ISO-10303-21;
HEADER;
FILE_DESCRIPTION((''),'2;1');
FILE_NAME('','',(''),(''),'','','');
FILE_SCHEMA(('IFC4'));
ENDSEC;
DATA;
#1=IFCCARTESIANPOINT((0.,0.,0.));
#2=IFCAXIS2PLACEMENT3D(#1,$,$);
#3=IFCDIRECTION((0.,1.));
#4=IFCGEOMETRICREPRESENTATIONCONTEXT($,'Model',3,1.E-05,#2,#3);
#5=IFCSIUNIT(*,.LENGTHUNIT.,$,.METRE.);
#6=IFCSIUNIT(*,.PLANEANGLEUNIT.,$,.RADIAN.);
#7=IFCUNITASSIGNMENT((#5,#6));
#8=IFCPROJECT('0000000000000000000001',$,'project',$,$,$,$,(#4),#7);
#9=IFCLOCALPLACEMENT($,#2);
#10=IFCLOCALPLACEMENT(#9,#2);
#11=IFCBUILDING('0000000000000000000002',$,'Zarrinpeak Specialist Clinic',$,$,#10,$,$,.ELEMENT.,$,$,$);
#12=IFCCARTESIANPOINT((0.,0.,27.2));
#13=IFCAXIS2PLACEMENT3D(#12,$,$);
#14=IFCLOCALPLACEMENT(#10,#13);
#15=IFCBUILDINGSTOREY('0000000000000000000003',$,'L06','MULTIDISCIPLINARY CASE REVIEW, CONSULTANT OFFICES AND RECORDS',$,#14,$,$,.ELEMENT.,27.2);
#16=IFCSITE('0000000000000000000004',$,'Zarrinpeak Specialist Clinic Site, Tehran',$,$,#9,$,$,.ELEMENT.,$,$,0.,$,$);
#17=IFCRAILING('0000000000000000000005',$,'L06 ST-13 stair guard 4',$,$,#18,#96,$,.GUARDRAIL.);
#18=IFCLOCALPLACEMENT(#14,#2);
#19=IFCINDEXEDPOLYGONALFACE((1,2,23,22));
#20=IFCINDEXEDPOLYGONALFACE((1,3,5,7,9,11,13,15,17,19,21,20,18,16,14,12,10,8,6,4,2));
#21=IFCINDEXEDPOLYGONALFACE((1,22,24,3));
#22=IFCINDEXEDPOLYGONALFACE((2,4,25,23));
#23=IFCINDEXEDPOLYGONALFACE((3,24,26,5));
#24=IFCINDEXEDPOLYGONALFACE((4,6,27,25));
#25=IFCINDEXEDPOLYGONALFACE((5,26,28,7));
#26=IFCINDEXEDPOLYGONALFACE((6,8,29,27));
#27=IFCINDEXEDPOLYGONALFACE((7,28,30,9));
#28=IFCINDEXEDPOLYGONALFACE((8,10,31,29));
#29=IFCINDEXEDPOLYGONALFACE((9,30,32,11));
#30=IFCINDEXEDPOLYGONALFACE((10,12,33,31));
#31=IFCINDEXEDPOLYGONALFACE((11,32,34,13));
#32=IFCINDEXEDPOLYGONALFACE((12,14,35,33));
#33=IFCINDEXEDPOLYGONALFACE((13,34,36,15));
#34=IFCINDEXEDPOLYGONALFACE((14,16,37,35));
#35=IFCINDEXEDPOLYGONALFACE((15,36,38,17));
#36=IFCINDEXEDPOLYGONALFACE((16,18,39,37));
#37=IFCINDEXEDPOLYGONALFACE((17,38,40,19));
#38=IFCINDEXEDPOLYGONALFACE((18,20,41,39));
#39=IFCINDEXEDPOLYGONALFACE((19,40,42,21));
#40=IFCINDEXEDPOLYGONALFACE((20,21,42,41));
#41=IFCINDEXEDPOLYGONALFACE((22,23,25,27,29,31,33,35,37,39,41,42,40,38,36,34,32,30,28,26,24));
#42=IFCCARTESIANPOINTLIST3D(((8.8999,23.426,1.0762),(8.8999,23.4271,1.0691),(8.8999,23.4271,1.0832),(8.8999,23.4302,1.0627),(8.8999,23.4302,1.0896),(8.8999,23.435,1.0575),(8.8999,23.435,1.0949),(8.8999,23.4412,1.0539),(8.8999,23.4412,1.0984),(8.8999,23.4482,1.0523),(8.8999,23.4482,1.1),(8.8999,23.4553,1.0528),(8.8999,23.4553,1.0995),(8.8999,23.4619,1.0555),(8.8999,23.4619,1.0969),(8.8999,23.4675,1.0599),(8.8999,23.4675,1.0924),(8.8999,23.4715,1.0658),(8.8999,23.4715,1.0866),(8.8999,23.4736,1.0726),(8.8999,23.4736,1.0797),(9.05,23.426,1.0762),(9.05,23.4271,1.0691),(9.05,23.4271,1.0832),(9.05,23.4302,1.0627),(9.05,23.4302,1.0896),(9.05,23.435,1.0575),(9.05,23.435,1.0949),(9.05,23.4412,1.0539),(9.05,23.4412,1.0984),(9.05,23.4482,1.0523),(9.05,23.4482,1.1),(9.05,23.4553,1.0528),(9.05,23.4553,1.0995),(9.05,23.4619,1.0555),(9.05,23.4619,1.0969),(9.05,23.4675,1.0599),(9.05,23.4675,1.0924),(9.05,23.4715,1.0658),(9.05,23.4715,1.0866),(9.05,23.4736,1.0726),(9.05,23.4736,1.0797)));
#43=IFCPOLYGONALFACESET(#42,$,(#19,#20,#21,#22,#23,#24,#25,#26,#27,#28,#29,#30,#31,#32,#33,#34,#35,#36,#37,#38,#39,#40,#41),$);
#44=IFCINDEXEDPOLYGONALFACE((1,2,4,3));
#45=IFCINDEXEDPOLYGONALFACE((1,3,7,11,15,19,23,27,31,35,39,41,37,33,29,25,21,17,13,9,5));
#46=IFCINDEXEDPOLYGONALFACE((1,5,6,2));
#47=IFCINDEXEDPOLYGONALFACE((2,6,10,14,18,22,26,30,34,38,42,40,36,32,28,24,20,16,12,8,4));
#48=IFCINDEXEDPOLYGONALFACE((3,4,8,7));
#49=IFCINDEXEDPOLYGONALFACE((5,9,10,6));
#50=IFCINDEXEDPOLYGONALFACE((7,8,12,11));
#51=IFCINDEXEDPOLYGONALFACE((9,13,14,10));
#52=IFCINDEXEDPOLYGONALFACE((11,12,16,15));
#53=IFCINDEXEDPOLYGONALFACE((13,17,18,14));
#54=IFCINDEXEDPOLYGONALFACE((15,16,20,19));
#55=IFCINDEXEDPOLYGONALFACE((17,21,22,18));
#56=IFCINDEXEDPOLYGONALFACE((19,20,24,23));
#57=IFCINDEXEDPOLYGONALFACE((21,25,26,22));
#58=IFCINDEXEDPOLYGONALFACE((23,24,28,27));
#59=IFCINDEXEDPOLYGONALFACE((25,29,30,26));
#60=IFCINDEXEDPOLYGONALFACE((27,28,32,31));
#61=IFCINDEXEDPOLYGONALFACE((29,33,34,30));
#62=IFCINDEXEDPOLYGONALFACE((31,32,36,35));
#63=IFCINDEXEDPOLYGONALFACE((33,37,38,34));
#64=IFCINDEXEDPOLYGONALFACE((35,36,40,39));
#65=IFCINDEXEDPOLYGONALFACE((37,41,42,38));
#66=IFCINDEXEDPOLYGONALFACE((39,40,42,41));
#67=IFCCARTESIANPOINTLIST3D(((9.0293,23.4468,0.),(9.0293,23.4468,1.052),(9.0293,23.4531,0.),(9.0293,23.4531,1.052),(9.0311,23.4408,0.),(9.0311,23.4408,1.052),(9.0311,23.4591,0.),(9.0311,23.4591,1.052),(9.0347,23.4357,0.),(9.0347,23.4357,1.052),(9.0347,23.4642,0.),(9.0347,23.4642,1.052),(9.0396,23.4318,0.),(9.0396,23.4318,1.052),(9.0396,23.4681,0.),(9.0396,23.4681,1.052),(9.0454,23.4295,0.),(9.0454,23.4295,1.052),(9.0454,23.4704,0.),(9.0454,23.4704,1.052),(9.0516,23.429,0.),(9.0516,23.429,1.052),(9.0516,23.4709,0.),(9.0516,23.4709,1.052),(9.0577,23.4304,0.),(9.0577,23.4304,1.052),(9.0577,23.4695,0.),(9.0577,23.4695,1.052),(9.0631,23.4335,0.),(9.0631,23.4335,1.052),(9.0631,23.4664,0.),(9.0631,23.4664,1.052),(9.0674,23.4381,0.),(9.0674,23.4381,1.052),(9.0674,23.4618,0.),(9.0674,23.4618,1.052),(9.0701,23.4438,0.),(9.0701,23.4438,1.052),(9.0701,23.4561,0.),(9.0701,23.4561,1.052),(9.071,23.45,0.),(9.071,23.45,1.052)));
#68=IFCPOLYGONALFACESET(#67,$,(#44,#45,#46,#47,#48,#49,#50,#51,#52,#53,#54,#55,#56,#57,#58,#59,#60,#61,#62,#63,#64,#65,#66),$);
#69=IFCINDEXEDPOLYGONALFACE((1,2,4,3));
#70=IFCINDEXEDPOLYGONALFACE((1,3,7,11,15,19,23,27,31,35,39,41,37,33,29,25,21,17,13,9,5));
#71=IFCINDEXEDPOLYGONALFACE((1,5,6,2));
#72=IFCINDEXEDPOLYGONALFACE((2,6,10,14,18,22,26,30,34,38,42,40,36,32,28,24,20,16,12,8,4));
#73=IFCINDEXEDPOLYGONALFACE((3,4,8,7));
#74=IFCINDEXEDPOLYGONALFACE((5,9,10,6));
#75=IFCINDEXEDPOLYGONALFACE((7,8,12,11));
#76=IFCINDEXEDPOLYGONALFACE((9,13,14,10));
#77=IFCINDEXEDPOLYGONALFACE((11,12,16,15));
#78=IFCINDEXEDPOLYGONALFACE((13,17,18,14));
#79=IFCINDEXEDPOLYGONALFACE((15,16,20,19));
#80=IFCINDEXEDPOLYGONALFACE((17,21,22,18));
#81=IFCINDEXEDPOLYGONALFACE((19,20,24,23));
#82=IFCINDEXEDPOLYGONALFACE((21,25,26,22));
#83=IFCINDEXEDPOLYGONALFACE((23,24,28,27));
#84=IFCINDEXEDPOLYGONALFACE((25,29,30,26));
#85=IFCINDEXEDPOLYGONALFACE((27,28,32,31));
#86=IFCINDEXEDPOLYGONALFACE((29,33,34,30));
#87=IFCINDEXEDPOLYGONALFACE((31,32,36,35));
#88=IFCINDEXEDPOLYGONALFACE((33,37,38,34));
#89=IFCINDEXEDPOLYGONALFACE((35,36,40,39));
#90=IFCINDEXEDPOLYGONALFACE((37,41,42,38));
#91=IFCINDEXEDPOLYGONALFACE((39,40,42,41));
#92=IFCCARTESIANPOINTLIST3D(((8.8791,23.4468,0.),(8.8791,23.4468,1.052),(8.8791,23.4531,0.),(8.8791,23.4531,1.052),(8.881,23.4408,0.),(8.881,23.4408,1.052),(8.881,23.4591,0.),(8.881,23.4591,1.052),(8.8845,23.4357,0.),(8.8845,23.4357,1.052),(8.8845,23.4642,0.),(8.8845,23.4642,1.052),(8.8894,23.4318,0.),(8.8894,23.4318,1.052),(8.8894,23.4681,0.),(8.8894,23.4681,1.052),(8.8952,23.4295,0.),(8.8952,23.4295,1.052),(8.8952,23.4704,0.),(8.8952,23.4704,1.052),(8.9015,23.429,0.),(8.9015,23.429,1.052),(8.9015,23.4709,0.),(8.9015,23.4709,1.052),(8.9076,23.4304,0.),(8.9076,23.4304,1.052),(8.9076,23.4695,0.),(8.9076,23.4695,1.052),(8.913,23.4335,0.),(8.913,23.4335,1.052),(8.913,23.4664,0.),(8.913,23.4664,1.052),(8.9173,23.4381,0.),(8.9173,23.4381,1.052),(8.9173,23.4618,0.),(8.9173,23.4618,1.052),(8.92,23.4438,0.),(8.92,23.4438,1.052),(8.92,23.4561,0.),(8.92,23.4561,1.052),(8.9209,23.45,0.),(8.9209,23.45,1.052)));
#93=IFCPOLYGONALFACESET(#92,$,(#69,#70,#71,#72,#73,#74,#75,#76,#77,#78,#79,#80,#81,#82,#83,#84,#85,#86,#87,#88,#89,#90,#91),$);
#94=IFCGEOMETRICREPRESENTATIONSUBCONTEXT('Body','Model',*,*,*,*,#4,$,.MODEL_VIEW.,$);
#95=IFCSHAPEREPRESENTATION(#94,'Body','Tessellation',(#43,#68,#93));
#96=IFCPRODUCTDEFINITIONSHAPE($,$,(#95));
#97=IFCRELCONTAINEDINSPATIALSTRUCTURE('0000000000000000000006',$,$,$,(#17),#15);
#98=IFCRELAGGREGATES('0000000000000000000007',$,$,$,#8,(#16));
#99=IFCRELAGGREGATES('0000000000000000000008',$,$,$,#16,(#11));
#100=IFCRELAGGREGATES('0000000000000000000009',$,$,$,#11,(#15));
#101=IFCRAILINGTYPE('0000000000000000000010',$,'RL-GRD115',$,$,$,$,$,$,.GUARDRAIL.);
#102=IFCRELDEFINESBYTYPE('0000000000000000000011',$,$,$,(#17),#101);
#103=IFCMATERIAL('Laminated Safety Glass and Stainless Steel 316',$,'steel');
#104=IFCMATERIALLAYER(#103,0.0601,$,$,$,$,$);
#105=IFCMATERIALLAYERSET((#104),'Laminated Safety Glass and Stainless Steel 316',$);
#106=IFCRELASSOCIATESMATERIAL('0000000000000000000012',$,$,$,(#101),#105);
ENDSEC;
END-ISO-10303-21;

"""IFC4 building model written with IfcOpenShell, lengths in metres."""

from ifc_helpers import new_model, si_unit, direction, frame, origin, origin_2d, place, context, subcontext, project, spatial, circle, extrude, material, layer, layer_set, type_object, element, save


model = new_model("IFC4")

# Units and contexts
model_context = context("Model", 3, precision=1e-05, world=origin(), true_north=direction((0.0, 1.0)))
body_context = subcontext(model_context, "Body", "Model", "MODEL_VIEW")
ifc_project = project(units=[si_unit("LENGTHUNIT", "METRE"), si_unit("PLANEANGLEUNIT", "RADIAN")], contexts=[model_context])

# Site, building, storey
site_placement = place(None, origin())
site = spatial("IfcSite", under=ifc_project, at=site_placement, Name="Zarrinpeak Specialist Clinic Site, Tehran", CompositionType="ELEMENT", RefElevation=0.0)
building_placement = place(site_placement, origin())
building = spatial("IfcBuilding", under=site, at=building_placement, Name="Zarrinpeak Specialist Clinic", CompositionType="ELEMENT")
storey_placement = place(building_placement, frame((0.0, 0.0, 27.2)))
storey = spatial("IfcBuildingStorey", under=building, at=storey_placement, Name="L06", Description="MULTIDISCIPLINARY CASE REVIEW, CONSULTANT OFFICES AND RECORDS", CompositionType="ELEMENT", Elevation=27.2)

# Railing
ifc_material_1 = material(Name="Laminated Safety Glass and Stainless Steel 316", Category="steel")
ifc_layer_1 = layer(ifc_material_1, 0.0601)
ifc_layer_set_1 = layer_set([ifc_layer_1], Name="Laminated Safety Glass and Stainless Steel 316")
railing_type_1 = type_object("IfcRailingType", Name="RL-GRD115", PredefinedType="GUARDRAIL", material=ifc_layer_set_1)
railing_1_placement = place(storey_placement, frame((9.05, 23.45, 0.0)))
element("IfcRailing", 1, at=railing_1_placement, inside=storey, type_object=railing_type_1, Name="L06 ST-13 stair guard 4", PredefinedType="GUARDRAIL", context=body_context, shape_type="SweptSolid", body=[
    extrude(circle(Radius=0.0239, at=origin_2d()), frame((0.0, 0.0, 1.0762), z_axis=(-1.0, 0.0, 0.0), x_axis=(0.0, -1.0, 0.0)), (0.0, 0.0, 1.0), 0.1501),
    extrude(circle(Radius=0.021, at=origin_2d()), origin(), (0.0, 0.0, 1.0), 1.052),
    extrude(circle(Radius=0.021, at=origin_2d()), frame((-0.1501, 0.0, 0.0)), (0.0, 0.0, 1.0), 1.052),
])

save(model, "model.ifc")
